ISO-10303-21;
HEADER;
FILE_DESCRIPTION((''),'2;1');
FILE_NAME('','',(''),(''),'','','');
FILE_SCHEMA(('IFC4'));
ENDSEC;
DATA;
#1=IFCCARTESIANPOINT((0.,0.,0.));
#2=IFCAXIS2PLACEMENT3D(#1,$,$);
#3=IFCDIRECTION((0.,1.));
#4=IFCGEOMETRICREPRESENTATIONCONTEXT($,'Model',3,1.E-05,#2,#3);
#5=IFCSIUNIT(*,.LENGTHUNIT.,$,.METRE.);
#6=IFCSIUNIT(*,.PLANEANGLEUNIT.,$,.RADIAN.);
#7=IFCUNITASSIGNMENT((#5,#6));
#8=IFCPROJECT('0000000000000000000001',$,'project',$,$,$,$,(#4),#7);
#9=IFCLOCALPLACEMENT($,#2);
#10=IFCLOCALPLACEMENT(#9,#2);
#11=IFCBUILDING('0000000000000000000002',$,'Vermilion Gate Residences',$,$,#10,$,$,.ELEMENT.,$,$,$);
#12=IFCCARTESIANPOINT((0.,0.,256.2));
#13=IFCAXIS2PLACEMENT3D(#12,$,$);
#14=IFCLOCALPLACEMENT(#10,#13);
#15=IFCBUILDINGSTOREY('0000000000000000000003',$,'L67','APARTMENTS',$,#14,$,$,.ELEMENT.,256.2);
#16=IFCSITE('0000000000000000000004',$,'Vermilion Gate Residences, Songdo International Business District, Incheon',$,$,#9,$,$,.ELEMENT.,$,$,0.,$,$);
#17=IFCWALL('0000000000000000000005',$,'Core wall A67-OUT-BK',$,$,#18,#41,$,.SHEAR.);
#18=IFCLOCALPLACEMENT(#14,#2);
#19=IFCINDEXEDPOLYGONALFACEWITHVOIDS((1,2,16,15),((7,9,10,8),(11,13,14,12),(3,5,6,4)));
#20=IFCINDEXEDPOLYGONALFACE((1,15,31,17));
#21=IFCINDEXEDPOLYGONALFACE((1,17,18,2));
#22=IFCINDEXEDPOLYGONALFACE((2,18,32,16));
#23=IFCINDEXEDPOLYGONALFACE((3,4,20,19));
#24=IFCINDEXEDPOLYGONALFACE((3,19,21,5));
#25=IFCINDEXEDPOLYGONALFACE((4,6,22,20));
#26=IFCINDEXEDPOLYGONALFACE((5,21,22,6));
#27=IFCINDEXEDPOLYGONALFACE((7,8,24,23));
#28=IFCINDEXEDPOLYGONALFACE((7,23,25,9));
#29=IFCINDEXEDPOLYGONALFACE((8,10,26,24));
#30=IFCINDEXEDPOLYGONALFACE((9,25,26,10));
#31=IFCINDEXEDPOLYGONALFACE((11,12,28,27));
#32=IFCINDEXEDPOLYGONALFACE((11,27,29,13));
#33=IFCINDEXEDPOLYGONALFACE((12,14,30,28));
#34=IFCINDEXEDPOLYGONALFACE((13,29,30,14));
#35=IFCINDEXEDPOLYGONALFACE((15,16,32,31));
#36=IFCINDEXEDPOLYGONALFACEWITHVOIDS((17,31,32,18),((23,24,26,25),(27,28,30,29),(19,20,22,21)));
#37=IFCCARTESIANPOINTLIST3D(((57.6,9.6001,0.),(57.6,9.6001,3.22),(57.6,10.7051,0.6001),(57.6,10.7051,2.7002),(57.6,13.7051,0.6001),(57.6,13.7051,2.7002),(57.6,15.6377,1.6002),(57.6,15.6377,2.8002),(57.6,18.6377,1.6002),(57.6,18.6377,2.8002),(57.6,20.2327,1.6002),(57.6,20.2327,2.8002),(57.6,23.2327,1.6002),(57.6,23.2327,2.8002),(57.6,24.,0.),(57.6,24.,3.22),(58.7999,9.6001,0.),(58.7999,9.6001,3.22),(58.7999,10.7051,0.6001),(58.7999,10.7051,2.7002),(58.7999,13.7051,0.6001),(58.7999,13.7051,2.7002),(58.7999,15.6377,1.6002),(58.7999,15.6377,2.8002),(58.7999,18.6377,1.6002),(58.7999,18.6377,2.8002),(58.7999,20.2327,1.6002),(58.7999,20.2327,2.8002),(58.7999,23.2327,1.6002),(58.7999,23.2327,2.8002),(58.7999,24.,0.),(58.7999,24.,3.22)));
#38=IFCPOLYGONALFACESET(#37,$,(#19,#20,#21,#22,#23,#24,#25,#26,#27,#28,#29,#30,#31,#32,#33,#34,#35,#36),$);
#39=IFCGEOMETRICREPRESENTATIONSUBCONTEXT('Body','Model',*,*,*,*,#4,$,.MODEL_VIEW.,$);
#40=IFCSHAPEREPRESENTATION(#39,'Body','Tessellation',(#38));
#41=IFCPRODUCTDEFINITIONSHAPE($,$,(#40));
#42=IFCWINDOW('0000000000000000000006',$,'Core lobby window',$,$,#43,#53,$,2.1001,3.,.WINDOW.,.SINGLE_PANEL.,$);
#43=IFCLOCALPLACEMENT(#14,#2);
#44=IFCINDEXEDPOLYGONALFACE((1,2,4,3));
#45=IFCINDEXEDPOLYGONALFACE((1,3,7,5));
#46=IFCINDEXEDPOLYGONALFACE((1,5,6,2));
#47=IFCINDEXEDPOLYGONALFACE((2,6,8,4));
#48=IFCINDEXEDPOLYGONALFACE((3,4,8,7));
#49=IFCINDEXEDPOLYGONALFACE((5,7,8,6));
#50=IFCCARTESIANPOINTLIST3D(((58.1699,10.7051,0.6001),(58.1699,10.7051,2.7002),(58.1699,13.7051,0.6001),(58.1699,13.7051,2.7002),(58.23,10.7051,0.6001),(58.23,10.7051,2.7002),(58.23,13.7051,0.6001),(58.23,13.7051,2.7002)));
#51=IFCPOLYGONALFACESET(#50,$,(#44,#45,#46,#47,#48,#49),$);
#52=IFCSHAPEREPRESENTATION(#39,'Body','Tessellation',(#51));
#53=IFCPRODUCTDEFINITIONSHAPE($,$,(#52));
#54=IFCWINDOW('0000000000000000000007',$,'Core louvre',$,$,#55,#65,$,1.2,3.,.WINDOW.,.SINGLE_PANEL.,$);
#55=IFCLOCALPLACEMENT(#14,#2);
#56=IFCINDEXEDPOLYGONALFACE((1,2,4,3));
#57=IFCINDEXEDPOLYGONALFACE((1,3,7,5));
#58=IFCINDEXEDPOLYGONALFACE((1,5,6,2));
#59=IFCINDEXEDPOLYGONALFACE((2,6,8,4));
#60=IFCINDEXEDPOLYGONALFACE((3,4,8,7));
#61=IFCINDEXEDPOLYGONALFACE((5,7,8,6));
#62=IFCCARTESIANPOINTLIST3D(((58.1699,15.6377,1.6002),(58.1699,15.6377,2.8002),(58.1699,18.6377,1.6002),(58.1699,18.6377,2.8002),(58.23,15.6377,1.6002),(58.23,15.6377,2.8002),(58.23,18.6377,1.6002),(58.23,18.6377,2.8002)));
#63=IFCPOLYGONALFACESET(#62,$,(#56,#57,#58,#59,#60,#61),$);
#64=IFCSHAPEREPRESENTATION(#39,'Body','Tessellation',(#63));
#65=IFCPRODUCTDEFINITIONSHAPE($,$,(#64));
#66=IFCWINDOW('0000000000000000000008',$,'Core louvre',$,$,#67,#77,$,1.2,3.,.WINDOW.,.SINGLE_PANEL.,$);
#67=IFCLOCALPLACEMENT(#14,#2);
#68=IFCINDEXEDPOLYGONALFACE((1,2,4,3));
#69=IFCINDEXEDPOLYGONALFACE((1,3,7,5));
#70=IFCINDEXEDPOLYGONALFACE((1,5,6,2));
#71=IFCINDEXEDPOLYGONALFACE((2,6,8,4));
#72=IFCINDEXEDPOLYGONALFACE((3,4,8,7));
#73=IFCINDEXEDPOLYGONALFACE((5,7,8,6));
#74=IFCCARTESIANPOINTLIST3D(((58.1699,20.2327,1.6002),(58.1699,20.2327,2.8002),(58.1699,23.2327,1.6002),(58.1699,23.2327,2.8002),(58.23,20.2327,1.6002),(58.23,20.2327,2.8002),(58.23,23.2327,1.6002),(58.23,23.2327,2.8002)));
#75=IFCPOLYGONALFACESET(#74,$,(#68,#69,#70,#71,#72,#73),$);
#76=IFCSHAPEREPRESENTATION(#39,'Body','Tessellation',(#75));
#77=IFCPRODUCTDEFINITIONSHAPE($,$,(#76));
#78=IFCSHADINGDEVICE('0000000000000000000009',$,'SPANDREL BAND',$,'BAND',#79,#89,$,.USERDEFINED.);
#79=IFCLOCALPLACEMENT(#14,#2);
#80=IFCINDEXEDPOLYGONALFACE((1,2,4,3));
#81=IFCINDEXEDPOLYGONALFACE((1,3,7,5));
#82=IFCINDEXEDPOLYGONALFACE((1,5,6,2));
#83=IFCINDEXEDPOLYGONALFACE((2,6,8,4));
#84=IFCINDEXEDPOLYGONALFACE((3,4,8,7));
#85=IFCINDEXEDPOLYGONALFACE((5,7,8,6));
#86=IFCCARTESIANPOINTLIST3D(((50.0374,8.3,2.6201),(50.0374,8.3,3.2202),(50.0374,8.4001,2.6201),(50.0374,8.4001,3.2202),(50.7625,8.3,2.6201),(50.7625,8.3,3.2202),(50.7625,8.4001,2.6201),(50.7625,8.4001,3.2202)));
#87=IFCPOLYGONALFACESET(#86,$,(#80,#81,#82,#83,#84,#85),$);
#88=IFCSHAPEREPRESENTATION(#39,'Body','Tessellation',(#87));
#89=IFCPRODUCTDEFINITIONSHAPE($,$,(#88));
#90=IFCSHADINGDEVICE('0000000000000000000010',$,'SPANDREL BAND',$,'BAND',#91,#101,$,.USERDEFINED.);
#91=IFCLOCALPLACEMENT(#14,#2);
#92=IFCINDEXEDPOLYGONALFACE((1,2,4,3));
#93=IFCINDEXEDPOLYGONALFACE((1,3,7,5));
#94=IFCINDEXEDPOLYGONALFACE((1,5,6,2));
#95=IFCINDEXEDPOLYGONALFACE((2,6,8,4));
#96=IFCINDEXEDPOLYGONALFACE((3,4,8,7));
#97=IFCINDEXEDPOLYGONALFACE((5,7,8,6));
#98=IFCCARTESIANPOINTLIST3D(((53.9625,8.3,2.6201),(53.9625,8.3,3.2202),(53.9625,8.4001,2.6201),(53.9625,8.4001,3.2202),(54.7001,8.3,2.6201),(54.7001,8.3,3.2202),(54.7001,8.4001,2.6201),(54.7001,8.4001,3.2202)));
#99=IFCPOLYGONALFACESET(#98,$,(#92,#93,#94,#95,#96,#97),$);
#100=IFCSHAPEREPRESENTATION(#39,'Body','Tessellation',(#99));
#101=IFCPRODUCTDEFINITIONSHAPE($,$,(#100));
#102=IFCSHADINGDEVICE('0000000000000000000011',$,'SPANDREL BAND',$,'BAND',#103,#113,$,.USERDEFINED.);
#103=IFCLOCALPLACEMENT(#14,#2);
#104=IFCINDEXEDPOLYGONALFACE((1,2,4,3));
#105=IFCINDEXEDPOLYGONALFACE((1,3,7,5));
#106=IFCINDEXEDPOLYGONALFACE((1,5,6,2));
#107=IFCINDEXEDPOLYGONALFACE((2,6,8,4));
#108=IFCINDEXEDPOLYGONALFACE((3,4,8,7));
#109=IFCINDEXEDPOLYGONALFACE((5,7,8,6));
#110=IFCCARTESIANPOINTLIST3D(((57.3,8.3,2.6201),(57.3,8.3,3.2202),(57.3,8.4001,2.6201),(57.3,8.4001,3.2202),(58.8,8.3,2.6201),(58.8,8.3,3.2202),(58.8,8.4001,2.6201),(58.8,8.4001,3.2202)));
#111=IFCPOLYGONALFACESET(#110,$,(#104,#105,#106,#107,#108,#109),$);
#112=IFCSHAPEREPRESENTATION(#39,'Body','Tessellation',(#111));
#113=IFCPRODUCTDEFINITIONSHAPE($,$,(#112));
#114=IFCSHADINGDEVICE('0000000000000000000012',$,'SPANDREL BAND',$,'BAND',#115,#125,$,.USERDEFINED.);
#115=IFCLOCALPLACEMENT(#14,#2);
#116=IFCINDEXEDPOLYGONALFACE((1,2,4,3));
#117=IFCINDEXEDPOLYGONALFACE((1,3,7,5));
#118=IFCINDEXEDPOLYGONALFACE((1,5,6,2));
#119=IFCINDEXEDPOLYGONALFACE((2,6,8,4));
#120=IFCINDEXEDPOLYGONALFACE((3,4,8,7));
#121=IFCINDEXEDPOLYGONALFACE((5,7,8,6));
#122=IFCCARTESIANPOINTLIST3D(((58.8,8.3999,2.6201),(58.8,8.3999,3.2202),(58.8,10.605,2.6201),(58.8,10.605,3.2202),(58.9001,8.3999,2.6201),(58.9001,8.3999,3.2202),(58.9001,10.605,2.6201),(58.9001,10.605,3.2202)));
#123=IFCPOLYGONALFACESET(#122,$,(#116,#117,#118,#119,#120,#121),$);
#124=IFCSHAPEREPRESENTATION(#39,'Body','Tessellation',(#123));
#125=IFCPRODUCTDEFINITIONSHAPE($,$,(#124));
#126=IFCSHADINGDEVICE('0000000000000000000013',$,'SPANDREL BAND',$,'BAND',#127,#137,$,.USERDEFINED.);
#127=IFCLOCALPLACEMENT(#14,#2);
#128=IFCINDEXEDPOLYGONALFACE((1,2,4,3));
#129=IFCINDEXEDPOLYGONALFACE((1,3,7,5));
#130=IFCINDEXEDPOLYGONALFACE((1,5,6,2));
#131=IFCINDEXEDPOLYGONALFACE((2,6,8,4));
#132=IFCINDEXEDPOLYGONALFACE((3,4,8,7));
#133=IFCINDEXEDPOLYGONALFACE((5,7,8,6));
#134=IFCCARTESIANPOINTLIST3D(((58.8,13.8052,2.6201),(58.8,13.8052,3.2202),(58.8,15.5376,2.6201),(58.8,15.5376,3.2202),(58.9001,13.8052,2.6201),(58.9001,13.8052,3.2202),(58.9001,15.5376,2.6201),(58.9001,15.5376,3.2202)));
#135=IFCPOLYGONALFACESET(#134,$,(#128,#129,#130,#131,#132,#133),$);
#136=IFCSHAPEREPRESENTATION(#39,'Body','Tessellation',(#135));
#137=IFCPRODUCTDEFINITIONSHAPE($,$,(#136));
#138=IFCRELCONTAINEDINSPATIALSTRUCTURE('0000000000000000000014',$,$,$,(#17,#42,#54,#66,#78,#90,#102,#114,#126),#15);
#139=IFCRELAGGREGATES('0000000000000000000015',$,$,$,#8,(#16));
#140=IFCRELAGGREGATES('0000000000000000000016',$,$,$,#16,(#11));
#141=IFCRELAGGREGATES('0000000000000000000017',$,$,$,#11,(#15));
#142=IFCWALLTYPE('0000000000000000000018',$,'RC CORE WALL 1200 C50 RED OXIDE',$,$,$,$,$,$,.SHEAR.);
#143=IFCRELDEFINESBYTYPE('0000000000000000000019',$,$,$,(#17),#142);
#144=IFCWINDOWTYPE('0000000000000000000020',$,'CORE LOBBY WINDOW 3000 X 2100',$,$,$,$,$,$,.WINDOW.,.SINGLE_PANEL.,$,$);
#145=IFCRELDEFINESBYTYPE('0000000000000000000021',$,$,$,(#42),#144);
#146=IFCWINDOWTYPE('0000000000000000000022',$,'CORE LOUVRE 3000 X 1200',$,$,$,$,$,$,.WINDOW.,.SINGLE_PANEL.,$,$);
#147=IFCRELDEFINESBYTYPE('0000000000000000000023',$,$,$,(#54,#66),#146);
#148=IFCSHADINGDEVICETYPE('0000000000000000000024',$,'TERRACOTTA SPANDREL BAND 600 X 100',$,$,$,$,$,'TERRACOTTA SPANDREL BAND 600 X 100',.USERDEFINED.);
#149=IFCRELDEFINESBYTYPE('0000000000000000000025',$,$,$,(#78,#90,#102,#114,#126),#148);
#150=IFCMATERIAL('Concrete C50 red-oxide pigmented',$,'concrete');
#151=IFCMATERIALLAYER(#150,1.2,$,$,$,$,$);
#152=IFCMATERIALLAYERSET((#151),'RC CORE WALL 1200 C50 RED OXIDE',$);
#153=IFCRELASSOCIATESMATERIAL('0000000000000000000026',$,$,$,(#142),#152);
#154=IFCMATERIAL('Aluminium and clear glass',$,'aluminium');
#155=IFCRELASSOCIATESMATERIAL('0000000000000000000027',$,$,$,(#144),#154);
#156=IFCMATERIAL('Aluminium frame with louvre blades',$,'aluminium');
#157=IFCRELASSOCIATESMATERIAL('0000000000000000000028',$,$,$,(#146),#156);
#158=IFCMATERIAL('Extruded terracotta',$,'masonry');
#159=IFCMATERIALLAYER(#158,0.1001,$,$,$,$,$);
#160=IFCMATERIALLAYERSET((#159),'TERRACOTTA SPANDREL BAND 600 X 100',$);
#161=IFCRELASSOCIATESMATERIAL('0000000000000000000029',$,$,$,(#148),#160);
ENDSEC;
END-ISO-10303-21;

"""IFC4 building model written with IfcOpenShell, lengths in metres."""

from ifc_helpers import new_model, si_unit, direction, frame, frame_2d, origin, origin_2d, place, context, subcontext, project, spatial, rectangle, extrude, material, layer, layer_set, type_object, element, fill, save


model = new_model("IFC4")

# Units and contexts
model_context = context("Model", 3, precision=1e-05, world=origin(), true_north=direction((0.0, 1.0)))
body_context = subcontext(model_context, "Body", "Model", "MODEL_VIEW")
ifc_project = project(units=[si_unit("LENGTHUNIT", "METRE"), si_unit("PLANEANGLEUNIT", "RADIAN")], contexts=[model_context])

# Site, building, storey
site_placement = place(None, origin())
site = spatial("IfcSite", under=ifc_project, at=site_placement, Name="Vermilion Gate Residences, Songdo International Business District, Incheon", CompositionType="ELEMENT", RefElevation=0.0)
building_placement = place(site_placement, origin())
building = spatial("IfcBuilding", under=site, at=building_placement, Name="Vermilion Gate Residences", CompositionType="ELEMENT")
storey_placement = place(building_placement, frame((0.0, 0.0, 256.2)))
storey = spatial("IfcBuildingStorey", under=building, at=storey_placement, Name="L67", Description="APARTMENTS", CompositionType="ELEMENT", Elevation=256.2)

# Wall, openings, windows
ifc_material_1 = material(Name="Concrete C50 red-oxide pigmented", Category="concrete")
ifc_layer_1 = layer(ifc_material_1, 1.2)
ifc_layer_set_1 = layer_set([ifc_layer_1], Name="RC CORE WALL 1200 C50 RED OXIDE")
wall_type_1 = type_object("IfcWallType", Name="RC CORE WALL 1200 C50 RED OXIDE", PredefinedType="SHEAR", material=ifc_layer_set_1)
wall_1_placement = place(storey_placement, frame((58.2, 9.6001, 0.0), z_axis=(0.0, 0.0, 1.0), x_axis=(0.0, 1.0, 0.0)))
wall_1 = element("IfcWall", 1, at=wall_1_placement, inside=storey, type_object=wall_type_1, Name="Core wall A67-OUT-BK", PredefinedType="SHEAR", context=body_context, shape_type="SweptSolid", body=[
    extrude(rectangle(XDim=14.3999, YDim=1.2, at=frame_2d((7.2, 0.0))), origin(), (0.0, 0.0, 1.0), 3.22),
])
opening_1_placement = place(wall_1_placement, frame((1.105, 0.0, 0.6001)))
opening_1 = element("IfcOpeningElement", 2, at=opening_1_placement, cuts=wall_1, PredefinedType="OPENING", context=body_context, shape_type="SweptSolid", body=[
    extrude(rectangle(XDim=3.0, YDim=2.1001, at=frame_2d((1.5, 1.05))), frame((0.0, 0.6099, 0.0), z_axis=(0.0, -1.0, 0.0), x_axis=(1.0, 0.0, 0.0)), (0.0, 0.0, 1.0), 1.22),
])
opening_2_placement = place(wall_1_placement, frame((6.0376, 0.0, 1.6001)))
opening_2 = element("IfcOpeningElement", 3, at=opening_2_placement, cuts=wall_1, PredefinedType="OPENING", context=body_context, shape_type="SweptSolid", body=[
    extrude(rectangle(XDim=3.0, YDim=1.2, at=frame_2d((1.5, 0.6001))), frame((0.0, 0.6099, 0.0), z_axis=(0.0, -1.0, 0.0), x_axis=(1.0, 0.0, 0.0)), (0.0, 0.0, 1.0), 1.22),
])
opening_3_placement = place(wall_1_placement, frame((10.6326, 0.0, 1.6001)))
opening_3 = element("IfcOpeningElement", 4, at=opening_3_placement, cuts=wall_1, PredefinedType="OPENING", context=body_context, shape_type="SweptSolid", body=[
    extrude(rectangle(XDim=3.0, YDim=1.2, at=frame_2d((1.5, 0.6001))), frame((0.0, 0.6099, 0.0), z_axis=(0.0, -1.0, 0.0), x_axis=(1.0, 0.0, 0.0)), (0.0, 0.0, 1.0), 1.22),
])
ifc_material_2 = material(Name="Aluminium and clear glass", Category="aluminium")
window_type_1 = type_object("IfcWindowType", Name="CORE LOBBY WINDOW 3000 X 2100", PartitioningType="SINGLE_PANEL", PredefinedType="WINDOW", material=ifc_material_2)
window_1_placement = place(opening_1_placement, origin())
window_1 = element("IfcWindow", 5, at=window_1_placement, inside=storey, type_object=window_type_1, Name="Core lobby window", OverallHeight=2.1001, OverallWidth=3.0, PartitioningType="SINGLE_PANEL", PredefinedType="WINDOW", context=body_context, shape_type="SweptSolid", body=[
    extrude(rectangle(XDim=3.0, YDim=2.1001, at=frame_2d((1.5, 1.05))), frame((0.0, 0.03, 0.0), z_axis=(0.0, -1.0, 0.0), x_axis=(1.0, 0.0, 0.0)), (0.0, 0.0, 1.0), 0.0601),
])
fill(opening_1, window_1)
ifc_material_3 = material(Name="Aluminium frame with louvre blades", Category="aluminium")
window_type_2 = type_object("IfcWindowType", Name="CORE LOUVRE 3000 X 1200", PartitioningType="SINGLE_PANEL", PredefinedType="WINDOW", material=ifc_material_3)
window_2_placement = place(opening_2_placement, origin())
window_2 = element("IfcWindow", 6, at=window_2_placement, inside=storey, type_object=window_type_2, Name="Core louvre", OverallHeight=1.2, OverallWidth=3.0, PartitioningType="SINGLE_PANEL", PredefinedType="WINDOW", context=body_context, shape_type="SweptSolid", body=[
    extrude(rectangle(XDim=3.0, YDim=1.2, at=frame_2d((1.5, 0.6001))), frame((0.0, 0.03, 0.0), z_axis=(0.0, -1.0, 0.0), x_axis=(1.0, 0.0, 0.0)), (0.0, 0.0, 1.0), 0.0601),
])
fill(opening_2, window_2)
window_3_placement = place(opening_3_placement, origin())
window_3 = element("IfcWindow", 7, at=window_3_placement, inside=storey, type_object=window_type_2, Name="Core louvre", OverallHeight=1.2, OverallWidth=3.0, PartitioningType="SINGLE_PANEL", PredefinedType="WINDOW", context=body_context, shape_type="SweptSolid", body=[
    extrude(rectangle(XDim=3.0, YDim=1.2, at=frame_2d((1.5, 0.6001))), frame((0.0, 0.03, 0.0), z_axis=(0.0, -1.0, 0.0), x_axis=(1.0, 0.0, 0.0)), (0.0, 0.0, 1.0), 0.0601),
])
fill(opening_3, window_3)

# Shading devices
ifc_material_4 = material(Name="Extruded terracotta", Category="masonry")
ifc_layer_2 = layer(ifc_material_4, 0.1001)
ifc_layer_set_2 = layer_set([ifc_layer_2], Name="TERRACOTTA SPANDREL BAND 600 X 100")
shading_device_type = type_object("IfcShadingDeviceType", Name="TERRACOTTA SPANDREL BAND 600 X 100", ElementType="TERRACOTTA SPANDREL BAND 600 X 100", PredefinedType="USERDEFINED", material=ifc_layer_set_2)
shading_device_1_placement = place(storey_placement, frame((50.3999, 8.3501, 2.6201), z_axis=(0.0, 0.0, 1.0), x_axis=(1.0, 0.0, 0.0)))
element("IfcShadingDevice", 8, at=shading_device_1_placement, inside=storey, type_object=shading_device_type, Name="SPANDREL BAND", ObjectType="BAND", PredefinedType="USERDEFINED", context=body_context, shape_type="SweptSolid", body=[
    extrude(rectangle(XDim=0.7251, YDim=0.1001, at=origin_2d()), origin(), (0.0, 0.0, 1.0), 0.6001),
])
shading_device_2_placement = place(storey_placement, frame((54.3313, 8.3501, 2.6201), z_axis=(0.0, 0.0, 1.0), x_axis=(1.0, 0.0, 0.0)))
element("IfcShadingDevice", 9, at=shading_device_2_placement, inside=storey, type_object=shading_device_type, Name="SPANDREL BAND", ObjectType="BAND", PredefinedType="USERDEFINED", context=body_context, shape_type="SweptSolid", body=[
    extrude(rectangle(XDim=0.7375, YDim=0.1001, at=origin_2d()), origin(), (0.0, 0.0, 1.0), 0.6001),
])
shading_device_3_placement = place(storey_placement, frame((58.05, 8.3501, 2.6201), z_axis=(0.0, 0.0, 1.0), x_axis=(1.0, 0.0, 0.0)))
element("IfcShadingDevice", 10, at=shading_device_3_placement, inside=storey, type_object=shading_device_type, Name="SPANDREL BAND", ObjectType="BAND", PredefinedType="USERDEFINED", context=body_context, shape_type="SweptSolid", body=[
    extrude(rectangle(XDim=1.5, YDim=0.1001, at=origin_2d()), origin(), (0.0, 0.0, 1.0), 0.6001),
])
shading_device_4_placement = place(storey_placement, frame((58.8501, 9.5024, 2.6201), z_axis=(0.0, 0.0, 1.0), x_axis=(0.0, 1.0, 0.0)))
element("IfcShadingDevice", 11, at=shading_device_4_placement, inside=storey, type_object=shading_device_type, Name="SPANDREL BAND", ObjectType="BAND", PredefinedType="USERDEFINED", context=body_context, shape_type="SweptSolid", body=[
    extrude(rectangle(XDim=2.2051, YDim=0.1001, at=origin_2d()), origin(), (0.0, 0.0, 1.0), 0.6001),
])
shading_device_5_placement = place(storey_placement, frame((58.8501, 14.6714, 2.6201), z_axis=(0.0, 0.0, 1.0), x_axis=(0.0, 1.0, 0.0)))
element("IfcShadingDevice", 12, at=shading_device_5_placement, inside=storey, type_object=shading_device_type, Name="SPANDREL BAND", ObjectType="BAND", PredefinedType="USERDEFINED", context=body_context, shape_type="SweptSolid", body=[
    extrude(rectangle(XDim=1.7324, YDim=0.1001, at=origin_2d()), origin(), (0.0, 0.0, 1.0), 0.6001),
])

save(model, "model.ifc")
